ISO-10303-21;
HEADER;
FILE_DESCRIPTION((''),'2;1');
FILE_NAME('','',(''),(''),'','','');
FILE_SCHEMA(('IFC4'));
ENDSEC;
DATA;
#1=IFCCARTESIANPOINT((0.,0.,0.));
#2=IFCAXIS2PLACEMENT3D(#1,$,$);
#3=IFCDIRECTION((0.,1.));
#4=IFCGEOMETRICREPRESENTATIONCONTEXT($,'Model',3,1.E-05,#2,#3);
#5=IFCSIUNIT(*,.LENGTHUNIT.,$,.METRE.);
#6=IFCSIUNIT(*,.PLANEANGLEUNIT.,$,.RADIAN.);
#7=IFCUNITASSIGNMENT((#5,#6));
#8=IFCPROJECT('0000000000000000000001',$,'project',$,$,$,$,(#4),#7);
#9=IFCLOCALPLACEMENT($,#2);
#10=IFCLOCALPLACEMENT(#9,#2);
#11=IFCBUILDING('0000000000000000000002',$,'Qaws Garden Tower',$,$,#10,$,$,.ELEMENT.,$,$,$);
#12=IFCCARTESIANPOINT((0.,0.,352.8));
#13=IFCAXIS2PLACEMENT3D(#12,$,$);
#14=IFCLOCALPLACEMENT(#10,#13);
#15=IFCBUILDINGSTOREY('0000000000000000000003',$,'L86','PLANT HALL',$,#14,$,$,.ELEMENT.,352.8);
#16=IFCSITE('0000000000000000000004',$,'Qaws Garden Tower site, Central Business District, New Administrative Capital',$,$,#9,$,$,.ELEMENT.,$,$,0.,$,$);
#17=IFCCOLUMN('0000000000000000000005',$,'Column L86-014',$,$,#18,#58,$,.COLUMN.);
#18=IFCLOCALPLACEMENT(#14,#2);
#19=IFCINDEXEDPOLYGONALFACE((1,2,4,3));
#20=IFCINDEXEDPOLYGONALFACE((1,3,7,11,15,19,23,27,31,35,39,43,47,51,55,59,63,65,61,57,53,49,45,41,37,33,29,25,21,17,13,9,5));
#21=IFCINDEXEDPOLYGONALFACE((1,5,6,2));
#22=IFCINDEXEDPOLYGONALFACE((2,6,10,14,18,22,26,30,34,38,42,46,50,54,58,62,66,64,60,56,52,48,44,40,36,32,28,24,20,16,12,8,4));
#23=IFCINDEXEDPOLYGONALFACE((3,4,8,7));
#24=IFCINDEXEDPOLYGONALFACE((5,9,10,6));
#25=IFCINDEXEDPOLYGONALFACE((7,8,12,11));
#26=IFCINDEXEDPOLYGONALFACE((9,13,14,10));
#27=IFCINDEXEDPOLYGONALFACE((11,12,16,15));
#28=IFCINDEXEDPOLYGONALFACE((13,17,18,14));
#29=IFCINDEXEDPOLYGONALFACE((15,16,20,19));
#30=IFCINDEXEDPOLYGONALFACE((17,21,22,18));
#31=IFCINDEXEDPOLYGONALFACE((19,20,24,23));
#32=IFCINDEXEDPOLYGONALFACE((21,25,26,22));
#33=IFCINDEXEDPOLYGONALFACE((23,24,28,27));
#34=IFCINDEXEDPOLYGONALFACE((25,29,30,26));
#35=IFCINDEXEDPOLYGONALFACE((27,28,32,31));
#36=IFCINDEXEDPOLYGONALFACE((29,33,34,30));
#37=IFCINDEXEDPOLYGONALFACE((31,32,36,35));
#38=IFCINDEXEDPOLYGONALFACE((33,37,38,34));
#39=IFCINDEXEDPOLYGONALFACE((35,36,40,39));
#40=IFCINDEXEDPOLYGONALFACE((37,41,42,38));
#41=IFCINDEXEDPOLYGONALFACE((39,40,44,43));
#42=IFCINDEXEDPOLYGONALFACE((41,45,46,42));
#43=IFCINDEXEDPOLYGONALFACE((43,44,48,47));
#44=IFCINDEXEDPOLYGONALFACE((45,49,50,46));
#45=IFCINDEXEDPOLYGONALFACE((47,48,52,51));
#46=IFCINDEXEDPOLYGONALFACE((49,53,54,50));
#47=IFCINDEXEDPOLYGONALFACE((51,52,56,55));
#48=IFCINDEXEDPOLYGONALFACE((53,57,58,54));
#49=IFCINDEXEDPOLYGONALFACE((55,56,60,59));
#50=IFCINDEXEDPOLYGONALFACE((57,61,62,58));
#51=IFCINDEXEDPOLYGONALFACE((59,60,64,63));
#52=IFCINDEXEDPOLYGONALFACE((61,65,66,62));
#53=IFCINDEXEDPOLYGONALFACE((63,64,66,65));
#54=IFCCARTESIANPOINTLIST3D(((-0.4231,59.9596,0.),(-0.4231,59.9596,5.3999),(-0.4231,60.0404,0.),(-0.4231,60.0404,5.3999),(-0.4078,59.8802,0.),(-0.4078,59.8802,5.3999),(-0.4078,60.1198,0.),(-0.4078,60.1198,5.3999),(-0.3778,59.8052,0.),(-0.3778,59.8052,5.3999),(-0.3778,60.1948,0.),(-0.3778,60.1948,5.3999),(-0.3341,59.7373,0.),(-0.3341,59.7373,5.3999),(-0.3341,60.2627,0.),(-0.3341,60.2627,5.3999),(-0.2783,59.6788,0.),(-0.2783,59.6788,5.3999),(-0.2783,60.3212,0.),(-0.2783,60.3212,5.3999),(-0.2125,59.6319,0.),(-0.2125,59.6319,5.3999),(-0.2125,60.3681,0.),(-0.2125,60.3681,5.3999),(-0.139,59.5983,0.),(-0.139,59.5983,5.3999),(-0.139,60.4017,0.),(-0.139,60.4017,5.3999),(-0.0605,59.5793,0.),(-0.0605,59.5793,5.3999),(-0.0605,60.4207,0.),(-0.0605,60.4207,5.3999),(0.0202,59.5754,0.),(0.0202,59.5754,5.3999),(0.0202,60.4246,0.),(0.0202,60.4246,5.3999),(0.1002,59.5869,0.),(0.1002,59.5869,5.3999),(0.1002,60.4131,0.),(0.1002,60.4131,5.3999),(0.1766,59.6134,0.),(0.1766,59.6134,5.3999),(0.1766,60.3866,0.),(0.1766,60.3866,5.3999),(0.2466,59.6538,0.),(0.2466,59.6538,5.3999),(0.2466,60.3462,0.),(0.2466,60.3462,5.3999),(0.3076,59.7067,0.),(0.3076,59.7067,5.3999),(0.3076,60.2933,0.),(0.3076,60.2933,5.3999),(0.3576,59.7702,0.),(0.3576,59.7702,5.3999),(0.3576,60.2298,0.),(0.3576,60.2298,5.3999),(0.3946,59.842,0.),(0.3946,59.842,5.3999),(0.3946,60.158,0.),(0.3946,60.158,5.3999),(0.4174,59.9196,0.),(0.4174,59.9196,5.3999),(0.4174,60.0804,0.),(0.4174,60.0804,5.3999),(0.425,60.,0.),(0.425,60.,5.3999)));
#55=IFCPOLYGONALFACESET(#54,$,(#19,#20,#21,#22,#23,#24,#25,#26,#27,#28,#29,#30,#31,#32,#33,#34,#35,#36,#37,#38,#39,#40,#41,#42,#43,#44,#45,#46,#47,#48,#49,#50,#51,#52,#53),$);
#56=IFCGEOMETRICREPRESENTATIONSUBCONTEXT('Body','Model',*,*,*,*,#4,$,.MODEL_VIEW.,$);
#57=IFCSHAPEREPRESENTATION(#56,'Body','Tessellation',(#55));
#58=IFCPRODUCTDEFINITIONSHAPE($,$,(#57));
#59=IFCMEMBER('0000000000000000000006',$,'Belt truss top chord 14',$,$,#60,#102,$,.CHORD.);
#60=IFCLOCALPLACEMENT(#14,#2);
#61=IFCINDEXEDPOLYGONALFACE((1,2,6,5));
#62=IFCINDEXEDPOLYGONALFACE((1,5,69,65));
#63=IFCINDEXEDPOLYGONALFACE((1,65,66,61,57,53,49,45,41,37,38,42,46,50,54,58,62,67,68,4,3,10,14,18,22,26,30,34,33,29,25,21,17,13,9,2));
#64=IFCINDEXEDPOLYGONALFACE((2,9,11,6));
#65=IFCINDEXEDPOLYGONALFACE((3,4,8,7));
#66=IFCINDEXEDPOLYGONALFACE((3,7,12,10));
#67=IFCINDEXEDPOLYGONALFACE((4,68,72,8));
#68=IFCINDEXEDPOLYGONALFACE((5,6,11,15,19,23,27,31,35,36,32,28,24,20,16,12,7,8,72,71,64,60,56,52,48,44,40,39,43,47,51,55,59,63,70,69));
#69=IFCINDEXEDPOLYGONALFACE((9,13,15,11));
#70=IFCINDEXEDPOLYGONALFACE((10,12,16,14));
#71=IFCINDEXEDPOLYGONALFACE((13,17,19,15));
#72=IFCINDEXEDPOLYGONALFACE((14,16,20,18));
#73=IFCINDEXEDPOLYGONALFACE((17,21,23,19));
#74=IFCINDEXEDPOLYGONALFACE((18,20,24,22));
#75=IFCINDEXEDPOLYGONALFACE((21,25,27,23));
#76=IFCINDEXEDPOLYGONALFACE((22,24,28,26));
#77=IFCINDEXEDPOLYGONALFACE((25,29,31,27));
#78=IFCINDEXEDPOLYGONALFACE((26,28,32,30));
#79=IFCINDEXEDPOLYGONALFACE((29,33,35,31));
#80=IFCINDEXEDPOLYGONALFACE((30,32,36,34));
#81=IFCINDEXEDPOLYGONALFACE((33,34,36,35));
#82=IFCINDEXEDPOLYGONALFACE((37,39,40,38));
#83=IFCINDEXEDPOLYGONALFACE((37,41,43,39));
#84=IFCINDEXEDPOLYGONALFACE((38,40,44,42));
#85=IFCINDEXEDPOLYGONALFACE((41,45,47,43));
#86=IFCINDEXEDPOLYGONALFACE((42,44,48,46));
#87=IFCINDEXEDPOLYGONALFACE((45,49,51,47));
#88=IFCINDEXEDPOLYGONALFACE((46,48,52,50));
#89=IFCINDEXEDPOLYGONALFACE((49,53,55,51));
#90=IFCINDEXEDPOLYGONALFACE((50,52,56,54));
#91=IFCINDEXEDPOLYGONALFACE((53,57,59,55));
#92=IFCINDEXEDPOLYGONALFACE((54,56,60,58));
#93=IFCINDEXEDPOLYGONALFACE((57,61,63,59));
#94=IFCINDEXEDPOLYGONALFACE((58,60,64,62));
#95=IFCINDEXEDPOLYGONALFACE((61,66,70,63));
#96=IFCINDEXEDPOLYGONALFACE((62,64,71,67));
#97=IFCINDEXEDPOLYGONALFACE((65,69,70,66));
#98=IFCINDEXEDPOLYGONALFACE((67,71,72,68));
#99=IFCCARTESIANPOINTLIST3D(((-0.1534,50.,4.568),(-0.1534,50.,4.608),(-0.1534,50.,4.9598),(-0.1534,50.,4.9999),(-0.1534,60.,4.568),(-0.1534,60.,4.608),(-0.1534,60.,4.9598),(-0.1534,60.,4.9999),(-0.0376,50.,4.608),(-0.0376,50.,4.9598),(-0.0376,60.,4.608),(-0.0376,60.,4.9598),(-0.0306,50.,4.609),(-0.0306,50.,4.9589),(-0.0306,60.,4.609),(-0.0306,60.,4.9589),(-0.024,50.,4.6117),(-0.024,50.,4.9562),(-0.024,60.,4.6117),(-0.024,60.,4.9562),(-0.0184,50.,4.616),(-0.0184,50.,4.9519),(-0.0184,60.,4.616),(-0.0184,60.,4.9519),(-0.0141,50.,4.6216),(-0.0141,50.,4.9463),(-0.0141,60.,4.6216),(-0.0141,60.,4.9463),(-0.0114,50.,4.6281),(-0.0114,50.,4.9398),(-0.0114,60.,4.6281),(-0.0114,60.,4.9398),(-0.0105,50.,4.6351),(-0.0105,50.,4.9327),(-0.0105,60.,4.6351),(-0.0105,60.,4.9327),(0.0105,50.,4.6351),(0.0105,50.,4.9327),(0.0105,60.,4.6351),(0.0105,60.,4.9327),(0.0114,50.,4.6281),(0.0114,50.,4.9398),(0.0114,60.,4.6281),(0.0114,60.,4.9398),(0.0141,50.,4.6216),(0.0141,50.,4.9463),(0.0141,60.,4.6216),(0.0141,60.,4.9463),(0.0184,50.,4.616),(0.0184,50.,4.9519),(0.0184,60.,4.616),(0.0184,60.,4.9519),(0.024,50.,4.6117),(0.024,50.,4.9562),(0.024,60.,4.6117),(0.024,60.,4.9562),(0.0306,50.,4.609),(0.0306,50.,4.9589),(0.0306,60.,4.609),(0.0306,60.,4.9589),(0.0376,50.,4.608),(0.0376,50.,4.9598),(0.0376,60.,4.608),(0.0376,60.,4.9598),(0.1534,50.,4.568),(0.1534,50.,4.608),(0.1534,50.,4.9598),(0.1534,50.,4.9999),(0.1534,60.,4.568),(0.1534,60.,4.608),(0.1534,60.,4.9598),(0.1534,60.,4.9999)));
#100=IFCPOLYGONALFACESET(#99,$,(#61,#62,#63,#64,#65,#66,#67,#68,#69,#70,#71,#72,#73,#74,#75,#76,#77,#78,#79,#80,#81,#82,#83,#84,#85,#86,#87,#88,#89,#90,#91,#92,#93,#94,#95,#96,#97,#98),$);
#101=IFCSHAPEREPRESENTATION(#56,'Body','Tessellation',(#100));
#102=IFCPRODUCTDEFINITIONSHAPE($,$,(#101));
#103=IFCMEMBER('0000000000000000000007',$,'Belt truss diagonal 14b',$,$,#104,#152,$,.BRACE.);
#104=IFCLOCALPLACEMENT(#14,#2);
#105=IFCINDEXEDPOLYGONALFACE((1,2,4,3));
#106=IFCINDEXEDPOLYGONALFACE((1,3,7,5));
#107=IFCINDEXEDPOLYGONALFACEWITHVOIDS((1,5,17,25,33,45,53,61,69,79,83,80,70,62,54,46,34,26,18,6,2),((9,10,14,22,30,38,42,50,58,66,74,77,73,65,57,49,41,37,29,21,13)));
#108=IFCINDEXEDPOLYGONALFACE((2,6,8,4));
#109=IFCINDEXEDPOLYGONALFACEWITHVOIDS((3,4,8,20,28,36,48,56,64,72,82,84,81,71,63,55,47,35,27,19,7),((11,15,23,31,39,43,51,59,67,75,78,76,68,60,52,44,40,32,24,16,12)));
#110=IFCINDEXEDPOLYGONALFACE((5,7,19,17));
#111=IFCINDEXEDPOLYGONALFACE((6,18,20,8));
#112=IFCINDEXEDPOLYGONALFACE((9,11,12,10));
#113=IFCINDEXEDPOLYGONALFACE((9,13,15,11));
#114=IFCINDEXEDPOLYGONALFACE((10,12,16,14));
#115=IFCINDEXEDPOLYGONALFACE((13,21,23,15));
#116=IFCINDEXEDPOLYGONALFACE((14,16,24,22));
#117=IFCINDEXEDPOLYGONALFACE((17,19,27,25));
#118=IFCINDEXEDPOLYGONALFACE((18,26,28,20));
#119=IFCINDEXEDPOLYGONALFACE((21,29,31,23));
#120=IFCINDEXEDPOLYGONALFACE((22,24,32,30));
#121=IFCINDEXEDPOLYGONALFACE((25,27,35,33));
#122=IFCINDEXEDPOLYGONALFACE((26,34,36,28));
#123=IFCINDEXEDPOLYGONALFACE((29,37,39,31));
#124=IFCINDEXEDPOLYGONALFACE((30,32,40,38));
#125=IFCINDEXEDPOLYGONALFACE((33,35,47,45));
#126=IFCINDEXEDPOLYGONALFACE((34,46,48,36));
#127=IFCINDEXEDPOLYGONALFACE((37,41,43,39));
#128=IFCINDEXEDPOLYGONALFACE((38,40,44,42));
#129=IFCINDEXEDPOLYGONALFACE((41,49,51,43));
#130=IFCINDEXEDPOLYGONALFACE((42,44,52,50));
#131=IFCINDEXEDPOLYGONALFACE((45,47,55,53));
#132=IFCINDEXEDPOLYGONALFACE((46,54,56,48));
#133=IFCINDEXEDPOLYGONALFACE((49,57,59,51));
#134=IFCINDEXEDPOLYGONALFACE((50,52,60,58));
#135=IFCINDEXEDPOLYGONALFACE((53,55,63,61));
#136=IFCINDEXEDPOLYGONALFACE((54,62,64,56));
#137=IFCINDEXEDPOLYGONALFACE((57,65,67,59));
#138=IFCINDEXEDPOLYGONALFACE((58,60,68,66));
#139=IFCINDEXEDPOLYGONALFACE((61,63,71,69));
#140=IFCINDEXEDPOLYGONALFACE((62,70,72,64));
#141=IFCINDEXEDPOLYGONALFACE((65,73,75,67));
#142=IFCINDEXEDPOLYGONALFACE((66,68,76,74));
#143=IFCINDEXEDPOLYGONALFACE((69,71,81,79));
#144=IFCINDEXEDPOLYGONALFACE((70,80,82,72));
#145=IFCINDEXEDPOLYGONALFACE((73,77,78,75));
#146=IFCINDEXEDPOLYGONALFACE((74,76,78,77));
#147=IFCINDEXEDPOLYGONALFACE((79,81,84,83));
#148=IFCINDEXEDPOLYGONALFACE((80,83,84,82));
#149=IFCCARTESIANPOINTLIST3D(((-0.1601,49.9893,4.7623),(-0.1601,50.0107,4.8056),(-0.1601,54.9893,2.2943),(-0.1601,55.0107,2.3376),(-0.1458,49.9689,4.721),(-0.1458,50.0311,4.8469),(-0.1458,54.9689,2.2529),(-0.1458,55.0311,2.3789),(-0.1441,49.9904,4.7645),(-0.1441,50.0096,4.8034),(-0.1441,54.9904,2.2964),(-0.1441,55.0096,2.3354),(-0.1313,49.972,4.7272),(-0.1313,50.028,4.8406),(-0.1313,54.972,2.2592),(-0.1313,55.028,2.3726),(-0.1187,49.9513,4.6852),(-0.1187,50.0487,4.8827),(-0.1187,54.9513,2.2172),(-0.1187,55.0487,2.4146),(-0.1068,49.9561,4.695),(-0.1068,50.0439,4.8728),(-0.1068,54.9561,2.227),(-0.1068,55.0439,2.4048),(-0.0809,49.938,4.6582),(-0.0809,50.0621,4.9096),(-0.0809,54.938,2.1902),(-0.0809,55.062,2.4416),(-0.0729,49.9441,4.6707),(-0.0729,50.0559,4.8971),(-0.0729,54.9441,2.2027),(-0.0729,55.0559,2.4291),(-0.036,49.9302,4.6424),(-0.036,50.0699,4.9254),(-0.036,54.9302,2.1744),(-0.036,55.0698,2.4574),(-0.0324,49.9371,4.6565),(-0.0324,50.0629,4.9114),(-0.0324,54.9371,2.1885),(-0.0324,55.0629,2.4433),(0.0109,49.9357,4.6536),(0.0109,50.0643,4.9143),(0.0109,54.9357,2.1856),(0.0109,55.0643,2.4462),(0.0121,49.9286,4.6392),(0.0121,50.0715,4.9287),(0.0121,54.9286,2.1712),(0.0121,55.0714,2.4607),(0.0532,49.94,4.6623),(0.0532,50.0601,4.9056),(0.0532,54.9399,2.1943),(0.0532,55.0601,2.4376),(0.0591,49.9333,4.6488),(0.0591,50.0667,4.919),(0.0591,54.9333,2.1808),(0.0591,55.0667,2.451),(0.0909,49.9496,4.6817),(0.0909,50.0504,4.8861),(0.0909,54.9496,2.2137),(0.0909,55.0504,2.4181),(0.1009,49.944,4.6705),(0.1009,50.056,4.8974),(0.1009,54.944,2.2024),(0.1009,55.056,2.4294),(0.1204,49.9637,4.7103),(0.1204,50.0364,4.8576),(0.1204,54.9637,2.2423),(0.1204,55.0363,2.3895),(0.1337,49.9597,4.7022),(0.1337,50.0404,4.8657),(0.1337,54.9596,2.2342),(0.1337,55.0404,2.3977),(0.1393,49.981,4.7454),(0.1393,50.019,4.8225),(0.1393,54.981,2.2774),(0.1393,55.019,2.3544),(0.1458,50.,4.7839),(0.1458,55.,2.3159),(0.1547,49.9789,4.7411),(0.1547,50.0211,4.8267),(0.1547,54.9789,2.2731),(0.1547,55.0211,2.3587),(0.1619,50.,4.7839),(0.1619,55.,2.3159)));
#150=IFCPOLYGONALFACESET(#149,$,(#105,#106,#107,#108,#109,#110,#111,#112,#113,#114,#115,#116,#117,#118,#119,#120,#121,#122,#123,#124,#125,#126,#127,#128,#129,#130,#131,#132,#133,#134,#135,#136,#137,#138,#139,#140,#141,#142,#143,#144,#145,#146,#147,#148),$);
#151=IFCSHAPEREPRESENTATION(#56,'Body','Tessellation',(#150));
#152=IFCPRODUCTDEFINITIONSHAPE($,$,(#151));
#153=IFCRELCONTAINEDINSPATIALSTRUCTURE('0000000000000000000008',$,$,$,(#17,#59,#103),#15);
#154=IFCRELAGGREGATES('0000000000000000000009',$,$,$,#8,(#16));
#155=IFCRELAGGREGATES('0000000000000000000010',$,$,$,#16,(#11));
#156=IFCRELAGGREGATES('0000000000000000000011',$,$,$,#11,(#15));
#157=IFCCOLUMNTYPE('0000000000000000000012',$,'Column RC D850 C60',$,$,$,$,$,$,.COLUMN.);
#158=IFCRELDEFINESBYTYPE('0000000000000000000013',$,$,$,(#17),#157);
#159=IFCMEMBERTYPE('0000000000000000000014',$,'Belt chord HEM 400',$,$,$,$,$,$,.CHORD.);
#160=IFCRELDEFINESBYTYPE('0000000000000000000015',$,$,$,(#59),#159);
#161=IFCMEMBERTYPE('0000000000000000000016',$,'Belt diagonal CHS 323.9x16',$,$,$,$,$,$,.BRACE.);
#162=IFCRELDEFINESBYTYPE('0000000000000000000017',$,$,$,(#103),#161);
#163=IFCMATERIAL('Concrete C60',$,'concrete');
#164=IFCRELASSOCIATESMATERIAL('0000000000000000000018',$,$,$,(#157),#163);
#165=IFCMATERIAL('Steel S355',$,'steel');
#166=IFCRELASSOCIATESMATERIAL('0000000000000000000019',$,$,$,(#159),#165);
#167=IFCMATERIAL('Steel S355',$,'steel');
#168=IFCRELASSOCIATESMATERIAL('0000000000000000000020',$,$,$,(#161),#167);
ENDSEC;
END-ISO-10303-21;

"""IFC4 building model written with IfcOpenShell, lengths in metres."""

from ifc_helpers import new_model, si_unit, direction, frame, origin, origin_2d, place, context, subcontext, project, spatial, circle, hollow_circle, i_section, extrude, material, material_profile, profile_set, type_object, element, save


model = new_model("IFC4")

# Units and contexts
model_context = context("Model", 3, precision=1e-05, world=origin(), true_north=direction((0.0, 1.0)))
body_context = subcontext(model_context, "Body", "Model", "MODEL_VIEW")
ifc_project = project(units=[si_unit("LENGTHUNIT", "METRE"), si_unit("PLANEANGLEUNIT", "RADIAN")], contexts=[model_context])

# Site, building, storey
site_placement = place(None, origin())
site = spatial("IfcSite", under=ifc_project, at=site_placement, Name="Qaws Garden Tower site, Central Business District, New Administrative Capital", CompositionType="ELEMENT", RefElevation=0.0)
building_placement = place(site_placement, origin())
building = spatial("IfcBuilding", under=site, at=building_placement, Name="Qaws Garden Tower", CompositionType="ELEMENT")
storey_placement = place(building_placement, frame((0.0, 0.0, 352.8)))
storey = spatial("IfcBuildingStorey", under=building, at=storey_placement, Name="L86", Description="PLANT HALL", CompositionType="ELEMENT", Elevation=352.8)

# Column
ifc_material_1 = material(Name="Concrete C60", Category="concrete")
ifc_material_profile_1 = material_profile(ifc_material_1, circle(Radius=0.425, at=origin_2d()), Name="RC D850")
ifc_profile_set_1 = profile_set([ifc_material_profile_1], Name="Concrete C60")
column_type = type_object("IfcColumnType", Name="Column RC D850 C60", PredefinedType="COLUMN", material=ifc_profile_set_1)
column_placement = place(storey_placement, frame((0.0, 60.0, 0.0), z_axis=(0.0, 0.0, 1.0), x_axis=(1.0, 0.0, 0.0)))
element("IfcColumn", 1, at=column_placement, inside=storey, type_object=column_type, Name="Column L86-014", PredefinedType="COLUMN", context=body_context, shape_type="SweptSolid", body=[
    extrude(circle(Radius=0.425, at=origin_2d()), origin(), (0.0, 0.0, 1.0), 5.3999),
])

# Members
ifc_material_2 = material(Name="Steel S355", Category="steel")
ifc_material_profile_2 = material_profile(ifc_material_2, i_section(OverallWidth=0.3069, OverallDepth=0.4319, WebThickness=0.021, FlangeThickness=0.04, FilletRadius=0.0271, at=origin_2d()), Name="HEM 400")
ifc_profile_set_2 = profile_set([ifc_material_profile_2], Name="Steel S355")
member_type_1 = type_object("IfcMemberType", Name="Belt chord HEM 400", PredefinedType="CHORD", material=ifc_profile_set_2)
member_1_placement = place(storey_placement, frame((0.0, 60.0, 4.7839), z_axis=(0.0, -1.0, 0.0), x_axis=(1.0, 0.0, 0.0)))
element("IfcMember", 2, at=member_1_placement, inside=storey, type_object=member_type_1, Name="Belt truss top chord 14", PredefinedType="CHORD", context=body_context, shape_type="SweptSolid", body=[
    extrude(i_section(OverallWidth=0.3069, OverallDepth=0.4319, WebThickness=0.021, FlangeThickness=0.04, FilletRadius=0.0271, at=origin_2d()), origin(), (0.0, 0.0, 1.0), 10.0),
])
ifc_material_3 = material(Name="Steel S355", Category="steel")
ifc_material_profile_3 = material_profile(ifc_material_3, hollow_circle(Radius=0.1619, WallThickness=0.0161, at=origin_2d()), Name="CHS 323.9x16")
ifc_profile_set_3 = profile_set([ifc_material_profile_3], Name="Steel S355")
member_type_2 = type_object("IfcMemberType", Name="Belt diagonal CHS 323.9x16", PredefinedType="BRACE", material=ifc_profile_set_3)
member_2_placement = place(storey_placement, frame((0.0, 55.0, 2.3159), z_axis=(0.0, -0.89671, 0.442619), x_axis=(1.0, 0.0, 0.0)))
element("IfcMember", 3, at=member_2_placement, inside=storey, type_object=member_type_2, Name="Belt truss diagonal 14b", PredefinedType="BRACE", context=body_context, shape_type="SweptSolid", body=[
    extrude(hollow_circle(Radius=0.1619, WallThickness=0.0161, at=origin_2d()), origin(), (0.0, 0.0, 1.0), 5.5759),
])

save(model, "model.ifc")
